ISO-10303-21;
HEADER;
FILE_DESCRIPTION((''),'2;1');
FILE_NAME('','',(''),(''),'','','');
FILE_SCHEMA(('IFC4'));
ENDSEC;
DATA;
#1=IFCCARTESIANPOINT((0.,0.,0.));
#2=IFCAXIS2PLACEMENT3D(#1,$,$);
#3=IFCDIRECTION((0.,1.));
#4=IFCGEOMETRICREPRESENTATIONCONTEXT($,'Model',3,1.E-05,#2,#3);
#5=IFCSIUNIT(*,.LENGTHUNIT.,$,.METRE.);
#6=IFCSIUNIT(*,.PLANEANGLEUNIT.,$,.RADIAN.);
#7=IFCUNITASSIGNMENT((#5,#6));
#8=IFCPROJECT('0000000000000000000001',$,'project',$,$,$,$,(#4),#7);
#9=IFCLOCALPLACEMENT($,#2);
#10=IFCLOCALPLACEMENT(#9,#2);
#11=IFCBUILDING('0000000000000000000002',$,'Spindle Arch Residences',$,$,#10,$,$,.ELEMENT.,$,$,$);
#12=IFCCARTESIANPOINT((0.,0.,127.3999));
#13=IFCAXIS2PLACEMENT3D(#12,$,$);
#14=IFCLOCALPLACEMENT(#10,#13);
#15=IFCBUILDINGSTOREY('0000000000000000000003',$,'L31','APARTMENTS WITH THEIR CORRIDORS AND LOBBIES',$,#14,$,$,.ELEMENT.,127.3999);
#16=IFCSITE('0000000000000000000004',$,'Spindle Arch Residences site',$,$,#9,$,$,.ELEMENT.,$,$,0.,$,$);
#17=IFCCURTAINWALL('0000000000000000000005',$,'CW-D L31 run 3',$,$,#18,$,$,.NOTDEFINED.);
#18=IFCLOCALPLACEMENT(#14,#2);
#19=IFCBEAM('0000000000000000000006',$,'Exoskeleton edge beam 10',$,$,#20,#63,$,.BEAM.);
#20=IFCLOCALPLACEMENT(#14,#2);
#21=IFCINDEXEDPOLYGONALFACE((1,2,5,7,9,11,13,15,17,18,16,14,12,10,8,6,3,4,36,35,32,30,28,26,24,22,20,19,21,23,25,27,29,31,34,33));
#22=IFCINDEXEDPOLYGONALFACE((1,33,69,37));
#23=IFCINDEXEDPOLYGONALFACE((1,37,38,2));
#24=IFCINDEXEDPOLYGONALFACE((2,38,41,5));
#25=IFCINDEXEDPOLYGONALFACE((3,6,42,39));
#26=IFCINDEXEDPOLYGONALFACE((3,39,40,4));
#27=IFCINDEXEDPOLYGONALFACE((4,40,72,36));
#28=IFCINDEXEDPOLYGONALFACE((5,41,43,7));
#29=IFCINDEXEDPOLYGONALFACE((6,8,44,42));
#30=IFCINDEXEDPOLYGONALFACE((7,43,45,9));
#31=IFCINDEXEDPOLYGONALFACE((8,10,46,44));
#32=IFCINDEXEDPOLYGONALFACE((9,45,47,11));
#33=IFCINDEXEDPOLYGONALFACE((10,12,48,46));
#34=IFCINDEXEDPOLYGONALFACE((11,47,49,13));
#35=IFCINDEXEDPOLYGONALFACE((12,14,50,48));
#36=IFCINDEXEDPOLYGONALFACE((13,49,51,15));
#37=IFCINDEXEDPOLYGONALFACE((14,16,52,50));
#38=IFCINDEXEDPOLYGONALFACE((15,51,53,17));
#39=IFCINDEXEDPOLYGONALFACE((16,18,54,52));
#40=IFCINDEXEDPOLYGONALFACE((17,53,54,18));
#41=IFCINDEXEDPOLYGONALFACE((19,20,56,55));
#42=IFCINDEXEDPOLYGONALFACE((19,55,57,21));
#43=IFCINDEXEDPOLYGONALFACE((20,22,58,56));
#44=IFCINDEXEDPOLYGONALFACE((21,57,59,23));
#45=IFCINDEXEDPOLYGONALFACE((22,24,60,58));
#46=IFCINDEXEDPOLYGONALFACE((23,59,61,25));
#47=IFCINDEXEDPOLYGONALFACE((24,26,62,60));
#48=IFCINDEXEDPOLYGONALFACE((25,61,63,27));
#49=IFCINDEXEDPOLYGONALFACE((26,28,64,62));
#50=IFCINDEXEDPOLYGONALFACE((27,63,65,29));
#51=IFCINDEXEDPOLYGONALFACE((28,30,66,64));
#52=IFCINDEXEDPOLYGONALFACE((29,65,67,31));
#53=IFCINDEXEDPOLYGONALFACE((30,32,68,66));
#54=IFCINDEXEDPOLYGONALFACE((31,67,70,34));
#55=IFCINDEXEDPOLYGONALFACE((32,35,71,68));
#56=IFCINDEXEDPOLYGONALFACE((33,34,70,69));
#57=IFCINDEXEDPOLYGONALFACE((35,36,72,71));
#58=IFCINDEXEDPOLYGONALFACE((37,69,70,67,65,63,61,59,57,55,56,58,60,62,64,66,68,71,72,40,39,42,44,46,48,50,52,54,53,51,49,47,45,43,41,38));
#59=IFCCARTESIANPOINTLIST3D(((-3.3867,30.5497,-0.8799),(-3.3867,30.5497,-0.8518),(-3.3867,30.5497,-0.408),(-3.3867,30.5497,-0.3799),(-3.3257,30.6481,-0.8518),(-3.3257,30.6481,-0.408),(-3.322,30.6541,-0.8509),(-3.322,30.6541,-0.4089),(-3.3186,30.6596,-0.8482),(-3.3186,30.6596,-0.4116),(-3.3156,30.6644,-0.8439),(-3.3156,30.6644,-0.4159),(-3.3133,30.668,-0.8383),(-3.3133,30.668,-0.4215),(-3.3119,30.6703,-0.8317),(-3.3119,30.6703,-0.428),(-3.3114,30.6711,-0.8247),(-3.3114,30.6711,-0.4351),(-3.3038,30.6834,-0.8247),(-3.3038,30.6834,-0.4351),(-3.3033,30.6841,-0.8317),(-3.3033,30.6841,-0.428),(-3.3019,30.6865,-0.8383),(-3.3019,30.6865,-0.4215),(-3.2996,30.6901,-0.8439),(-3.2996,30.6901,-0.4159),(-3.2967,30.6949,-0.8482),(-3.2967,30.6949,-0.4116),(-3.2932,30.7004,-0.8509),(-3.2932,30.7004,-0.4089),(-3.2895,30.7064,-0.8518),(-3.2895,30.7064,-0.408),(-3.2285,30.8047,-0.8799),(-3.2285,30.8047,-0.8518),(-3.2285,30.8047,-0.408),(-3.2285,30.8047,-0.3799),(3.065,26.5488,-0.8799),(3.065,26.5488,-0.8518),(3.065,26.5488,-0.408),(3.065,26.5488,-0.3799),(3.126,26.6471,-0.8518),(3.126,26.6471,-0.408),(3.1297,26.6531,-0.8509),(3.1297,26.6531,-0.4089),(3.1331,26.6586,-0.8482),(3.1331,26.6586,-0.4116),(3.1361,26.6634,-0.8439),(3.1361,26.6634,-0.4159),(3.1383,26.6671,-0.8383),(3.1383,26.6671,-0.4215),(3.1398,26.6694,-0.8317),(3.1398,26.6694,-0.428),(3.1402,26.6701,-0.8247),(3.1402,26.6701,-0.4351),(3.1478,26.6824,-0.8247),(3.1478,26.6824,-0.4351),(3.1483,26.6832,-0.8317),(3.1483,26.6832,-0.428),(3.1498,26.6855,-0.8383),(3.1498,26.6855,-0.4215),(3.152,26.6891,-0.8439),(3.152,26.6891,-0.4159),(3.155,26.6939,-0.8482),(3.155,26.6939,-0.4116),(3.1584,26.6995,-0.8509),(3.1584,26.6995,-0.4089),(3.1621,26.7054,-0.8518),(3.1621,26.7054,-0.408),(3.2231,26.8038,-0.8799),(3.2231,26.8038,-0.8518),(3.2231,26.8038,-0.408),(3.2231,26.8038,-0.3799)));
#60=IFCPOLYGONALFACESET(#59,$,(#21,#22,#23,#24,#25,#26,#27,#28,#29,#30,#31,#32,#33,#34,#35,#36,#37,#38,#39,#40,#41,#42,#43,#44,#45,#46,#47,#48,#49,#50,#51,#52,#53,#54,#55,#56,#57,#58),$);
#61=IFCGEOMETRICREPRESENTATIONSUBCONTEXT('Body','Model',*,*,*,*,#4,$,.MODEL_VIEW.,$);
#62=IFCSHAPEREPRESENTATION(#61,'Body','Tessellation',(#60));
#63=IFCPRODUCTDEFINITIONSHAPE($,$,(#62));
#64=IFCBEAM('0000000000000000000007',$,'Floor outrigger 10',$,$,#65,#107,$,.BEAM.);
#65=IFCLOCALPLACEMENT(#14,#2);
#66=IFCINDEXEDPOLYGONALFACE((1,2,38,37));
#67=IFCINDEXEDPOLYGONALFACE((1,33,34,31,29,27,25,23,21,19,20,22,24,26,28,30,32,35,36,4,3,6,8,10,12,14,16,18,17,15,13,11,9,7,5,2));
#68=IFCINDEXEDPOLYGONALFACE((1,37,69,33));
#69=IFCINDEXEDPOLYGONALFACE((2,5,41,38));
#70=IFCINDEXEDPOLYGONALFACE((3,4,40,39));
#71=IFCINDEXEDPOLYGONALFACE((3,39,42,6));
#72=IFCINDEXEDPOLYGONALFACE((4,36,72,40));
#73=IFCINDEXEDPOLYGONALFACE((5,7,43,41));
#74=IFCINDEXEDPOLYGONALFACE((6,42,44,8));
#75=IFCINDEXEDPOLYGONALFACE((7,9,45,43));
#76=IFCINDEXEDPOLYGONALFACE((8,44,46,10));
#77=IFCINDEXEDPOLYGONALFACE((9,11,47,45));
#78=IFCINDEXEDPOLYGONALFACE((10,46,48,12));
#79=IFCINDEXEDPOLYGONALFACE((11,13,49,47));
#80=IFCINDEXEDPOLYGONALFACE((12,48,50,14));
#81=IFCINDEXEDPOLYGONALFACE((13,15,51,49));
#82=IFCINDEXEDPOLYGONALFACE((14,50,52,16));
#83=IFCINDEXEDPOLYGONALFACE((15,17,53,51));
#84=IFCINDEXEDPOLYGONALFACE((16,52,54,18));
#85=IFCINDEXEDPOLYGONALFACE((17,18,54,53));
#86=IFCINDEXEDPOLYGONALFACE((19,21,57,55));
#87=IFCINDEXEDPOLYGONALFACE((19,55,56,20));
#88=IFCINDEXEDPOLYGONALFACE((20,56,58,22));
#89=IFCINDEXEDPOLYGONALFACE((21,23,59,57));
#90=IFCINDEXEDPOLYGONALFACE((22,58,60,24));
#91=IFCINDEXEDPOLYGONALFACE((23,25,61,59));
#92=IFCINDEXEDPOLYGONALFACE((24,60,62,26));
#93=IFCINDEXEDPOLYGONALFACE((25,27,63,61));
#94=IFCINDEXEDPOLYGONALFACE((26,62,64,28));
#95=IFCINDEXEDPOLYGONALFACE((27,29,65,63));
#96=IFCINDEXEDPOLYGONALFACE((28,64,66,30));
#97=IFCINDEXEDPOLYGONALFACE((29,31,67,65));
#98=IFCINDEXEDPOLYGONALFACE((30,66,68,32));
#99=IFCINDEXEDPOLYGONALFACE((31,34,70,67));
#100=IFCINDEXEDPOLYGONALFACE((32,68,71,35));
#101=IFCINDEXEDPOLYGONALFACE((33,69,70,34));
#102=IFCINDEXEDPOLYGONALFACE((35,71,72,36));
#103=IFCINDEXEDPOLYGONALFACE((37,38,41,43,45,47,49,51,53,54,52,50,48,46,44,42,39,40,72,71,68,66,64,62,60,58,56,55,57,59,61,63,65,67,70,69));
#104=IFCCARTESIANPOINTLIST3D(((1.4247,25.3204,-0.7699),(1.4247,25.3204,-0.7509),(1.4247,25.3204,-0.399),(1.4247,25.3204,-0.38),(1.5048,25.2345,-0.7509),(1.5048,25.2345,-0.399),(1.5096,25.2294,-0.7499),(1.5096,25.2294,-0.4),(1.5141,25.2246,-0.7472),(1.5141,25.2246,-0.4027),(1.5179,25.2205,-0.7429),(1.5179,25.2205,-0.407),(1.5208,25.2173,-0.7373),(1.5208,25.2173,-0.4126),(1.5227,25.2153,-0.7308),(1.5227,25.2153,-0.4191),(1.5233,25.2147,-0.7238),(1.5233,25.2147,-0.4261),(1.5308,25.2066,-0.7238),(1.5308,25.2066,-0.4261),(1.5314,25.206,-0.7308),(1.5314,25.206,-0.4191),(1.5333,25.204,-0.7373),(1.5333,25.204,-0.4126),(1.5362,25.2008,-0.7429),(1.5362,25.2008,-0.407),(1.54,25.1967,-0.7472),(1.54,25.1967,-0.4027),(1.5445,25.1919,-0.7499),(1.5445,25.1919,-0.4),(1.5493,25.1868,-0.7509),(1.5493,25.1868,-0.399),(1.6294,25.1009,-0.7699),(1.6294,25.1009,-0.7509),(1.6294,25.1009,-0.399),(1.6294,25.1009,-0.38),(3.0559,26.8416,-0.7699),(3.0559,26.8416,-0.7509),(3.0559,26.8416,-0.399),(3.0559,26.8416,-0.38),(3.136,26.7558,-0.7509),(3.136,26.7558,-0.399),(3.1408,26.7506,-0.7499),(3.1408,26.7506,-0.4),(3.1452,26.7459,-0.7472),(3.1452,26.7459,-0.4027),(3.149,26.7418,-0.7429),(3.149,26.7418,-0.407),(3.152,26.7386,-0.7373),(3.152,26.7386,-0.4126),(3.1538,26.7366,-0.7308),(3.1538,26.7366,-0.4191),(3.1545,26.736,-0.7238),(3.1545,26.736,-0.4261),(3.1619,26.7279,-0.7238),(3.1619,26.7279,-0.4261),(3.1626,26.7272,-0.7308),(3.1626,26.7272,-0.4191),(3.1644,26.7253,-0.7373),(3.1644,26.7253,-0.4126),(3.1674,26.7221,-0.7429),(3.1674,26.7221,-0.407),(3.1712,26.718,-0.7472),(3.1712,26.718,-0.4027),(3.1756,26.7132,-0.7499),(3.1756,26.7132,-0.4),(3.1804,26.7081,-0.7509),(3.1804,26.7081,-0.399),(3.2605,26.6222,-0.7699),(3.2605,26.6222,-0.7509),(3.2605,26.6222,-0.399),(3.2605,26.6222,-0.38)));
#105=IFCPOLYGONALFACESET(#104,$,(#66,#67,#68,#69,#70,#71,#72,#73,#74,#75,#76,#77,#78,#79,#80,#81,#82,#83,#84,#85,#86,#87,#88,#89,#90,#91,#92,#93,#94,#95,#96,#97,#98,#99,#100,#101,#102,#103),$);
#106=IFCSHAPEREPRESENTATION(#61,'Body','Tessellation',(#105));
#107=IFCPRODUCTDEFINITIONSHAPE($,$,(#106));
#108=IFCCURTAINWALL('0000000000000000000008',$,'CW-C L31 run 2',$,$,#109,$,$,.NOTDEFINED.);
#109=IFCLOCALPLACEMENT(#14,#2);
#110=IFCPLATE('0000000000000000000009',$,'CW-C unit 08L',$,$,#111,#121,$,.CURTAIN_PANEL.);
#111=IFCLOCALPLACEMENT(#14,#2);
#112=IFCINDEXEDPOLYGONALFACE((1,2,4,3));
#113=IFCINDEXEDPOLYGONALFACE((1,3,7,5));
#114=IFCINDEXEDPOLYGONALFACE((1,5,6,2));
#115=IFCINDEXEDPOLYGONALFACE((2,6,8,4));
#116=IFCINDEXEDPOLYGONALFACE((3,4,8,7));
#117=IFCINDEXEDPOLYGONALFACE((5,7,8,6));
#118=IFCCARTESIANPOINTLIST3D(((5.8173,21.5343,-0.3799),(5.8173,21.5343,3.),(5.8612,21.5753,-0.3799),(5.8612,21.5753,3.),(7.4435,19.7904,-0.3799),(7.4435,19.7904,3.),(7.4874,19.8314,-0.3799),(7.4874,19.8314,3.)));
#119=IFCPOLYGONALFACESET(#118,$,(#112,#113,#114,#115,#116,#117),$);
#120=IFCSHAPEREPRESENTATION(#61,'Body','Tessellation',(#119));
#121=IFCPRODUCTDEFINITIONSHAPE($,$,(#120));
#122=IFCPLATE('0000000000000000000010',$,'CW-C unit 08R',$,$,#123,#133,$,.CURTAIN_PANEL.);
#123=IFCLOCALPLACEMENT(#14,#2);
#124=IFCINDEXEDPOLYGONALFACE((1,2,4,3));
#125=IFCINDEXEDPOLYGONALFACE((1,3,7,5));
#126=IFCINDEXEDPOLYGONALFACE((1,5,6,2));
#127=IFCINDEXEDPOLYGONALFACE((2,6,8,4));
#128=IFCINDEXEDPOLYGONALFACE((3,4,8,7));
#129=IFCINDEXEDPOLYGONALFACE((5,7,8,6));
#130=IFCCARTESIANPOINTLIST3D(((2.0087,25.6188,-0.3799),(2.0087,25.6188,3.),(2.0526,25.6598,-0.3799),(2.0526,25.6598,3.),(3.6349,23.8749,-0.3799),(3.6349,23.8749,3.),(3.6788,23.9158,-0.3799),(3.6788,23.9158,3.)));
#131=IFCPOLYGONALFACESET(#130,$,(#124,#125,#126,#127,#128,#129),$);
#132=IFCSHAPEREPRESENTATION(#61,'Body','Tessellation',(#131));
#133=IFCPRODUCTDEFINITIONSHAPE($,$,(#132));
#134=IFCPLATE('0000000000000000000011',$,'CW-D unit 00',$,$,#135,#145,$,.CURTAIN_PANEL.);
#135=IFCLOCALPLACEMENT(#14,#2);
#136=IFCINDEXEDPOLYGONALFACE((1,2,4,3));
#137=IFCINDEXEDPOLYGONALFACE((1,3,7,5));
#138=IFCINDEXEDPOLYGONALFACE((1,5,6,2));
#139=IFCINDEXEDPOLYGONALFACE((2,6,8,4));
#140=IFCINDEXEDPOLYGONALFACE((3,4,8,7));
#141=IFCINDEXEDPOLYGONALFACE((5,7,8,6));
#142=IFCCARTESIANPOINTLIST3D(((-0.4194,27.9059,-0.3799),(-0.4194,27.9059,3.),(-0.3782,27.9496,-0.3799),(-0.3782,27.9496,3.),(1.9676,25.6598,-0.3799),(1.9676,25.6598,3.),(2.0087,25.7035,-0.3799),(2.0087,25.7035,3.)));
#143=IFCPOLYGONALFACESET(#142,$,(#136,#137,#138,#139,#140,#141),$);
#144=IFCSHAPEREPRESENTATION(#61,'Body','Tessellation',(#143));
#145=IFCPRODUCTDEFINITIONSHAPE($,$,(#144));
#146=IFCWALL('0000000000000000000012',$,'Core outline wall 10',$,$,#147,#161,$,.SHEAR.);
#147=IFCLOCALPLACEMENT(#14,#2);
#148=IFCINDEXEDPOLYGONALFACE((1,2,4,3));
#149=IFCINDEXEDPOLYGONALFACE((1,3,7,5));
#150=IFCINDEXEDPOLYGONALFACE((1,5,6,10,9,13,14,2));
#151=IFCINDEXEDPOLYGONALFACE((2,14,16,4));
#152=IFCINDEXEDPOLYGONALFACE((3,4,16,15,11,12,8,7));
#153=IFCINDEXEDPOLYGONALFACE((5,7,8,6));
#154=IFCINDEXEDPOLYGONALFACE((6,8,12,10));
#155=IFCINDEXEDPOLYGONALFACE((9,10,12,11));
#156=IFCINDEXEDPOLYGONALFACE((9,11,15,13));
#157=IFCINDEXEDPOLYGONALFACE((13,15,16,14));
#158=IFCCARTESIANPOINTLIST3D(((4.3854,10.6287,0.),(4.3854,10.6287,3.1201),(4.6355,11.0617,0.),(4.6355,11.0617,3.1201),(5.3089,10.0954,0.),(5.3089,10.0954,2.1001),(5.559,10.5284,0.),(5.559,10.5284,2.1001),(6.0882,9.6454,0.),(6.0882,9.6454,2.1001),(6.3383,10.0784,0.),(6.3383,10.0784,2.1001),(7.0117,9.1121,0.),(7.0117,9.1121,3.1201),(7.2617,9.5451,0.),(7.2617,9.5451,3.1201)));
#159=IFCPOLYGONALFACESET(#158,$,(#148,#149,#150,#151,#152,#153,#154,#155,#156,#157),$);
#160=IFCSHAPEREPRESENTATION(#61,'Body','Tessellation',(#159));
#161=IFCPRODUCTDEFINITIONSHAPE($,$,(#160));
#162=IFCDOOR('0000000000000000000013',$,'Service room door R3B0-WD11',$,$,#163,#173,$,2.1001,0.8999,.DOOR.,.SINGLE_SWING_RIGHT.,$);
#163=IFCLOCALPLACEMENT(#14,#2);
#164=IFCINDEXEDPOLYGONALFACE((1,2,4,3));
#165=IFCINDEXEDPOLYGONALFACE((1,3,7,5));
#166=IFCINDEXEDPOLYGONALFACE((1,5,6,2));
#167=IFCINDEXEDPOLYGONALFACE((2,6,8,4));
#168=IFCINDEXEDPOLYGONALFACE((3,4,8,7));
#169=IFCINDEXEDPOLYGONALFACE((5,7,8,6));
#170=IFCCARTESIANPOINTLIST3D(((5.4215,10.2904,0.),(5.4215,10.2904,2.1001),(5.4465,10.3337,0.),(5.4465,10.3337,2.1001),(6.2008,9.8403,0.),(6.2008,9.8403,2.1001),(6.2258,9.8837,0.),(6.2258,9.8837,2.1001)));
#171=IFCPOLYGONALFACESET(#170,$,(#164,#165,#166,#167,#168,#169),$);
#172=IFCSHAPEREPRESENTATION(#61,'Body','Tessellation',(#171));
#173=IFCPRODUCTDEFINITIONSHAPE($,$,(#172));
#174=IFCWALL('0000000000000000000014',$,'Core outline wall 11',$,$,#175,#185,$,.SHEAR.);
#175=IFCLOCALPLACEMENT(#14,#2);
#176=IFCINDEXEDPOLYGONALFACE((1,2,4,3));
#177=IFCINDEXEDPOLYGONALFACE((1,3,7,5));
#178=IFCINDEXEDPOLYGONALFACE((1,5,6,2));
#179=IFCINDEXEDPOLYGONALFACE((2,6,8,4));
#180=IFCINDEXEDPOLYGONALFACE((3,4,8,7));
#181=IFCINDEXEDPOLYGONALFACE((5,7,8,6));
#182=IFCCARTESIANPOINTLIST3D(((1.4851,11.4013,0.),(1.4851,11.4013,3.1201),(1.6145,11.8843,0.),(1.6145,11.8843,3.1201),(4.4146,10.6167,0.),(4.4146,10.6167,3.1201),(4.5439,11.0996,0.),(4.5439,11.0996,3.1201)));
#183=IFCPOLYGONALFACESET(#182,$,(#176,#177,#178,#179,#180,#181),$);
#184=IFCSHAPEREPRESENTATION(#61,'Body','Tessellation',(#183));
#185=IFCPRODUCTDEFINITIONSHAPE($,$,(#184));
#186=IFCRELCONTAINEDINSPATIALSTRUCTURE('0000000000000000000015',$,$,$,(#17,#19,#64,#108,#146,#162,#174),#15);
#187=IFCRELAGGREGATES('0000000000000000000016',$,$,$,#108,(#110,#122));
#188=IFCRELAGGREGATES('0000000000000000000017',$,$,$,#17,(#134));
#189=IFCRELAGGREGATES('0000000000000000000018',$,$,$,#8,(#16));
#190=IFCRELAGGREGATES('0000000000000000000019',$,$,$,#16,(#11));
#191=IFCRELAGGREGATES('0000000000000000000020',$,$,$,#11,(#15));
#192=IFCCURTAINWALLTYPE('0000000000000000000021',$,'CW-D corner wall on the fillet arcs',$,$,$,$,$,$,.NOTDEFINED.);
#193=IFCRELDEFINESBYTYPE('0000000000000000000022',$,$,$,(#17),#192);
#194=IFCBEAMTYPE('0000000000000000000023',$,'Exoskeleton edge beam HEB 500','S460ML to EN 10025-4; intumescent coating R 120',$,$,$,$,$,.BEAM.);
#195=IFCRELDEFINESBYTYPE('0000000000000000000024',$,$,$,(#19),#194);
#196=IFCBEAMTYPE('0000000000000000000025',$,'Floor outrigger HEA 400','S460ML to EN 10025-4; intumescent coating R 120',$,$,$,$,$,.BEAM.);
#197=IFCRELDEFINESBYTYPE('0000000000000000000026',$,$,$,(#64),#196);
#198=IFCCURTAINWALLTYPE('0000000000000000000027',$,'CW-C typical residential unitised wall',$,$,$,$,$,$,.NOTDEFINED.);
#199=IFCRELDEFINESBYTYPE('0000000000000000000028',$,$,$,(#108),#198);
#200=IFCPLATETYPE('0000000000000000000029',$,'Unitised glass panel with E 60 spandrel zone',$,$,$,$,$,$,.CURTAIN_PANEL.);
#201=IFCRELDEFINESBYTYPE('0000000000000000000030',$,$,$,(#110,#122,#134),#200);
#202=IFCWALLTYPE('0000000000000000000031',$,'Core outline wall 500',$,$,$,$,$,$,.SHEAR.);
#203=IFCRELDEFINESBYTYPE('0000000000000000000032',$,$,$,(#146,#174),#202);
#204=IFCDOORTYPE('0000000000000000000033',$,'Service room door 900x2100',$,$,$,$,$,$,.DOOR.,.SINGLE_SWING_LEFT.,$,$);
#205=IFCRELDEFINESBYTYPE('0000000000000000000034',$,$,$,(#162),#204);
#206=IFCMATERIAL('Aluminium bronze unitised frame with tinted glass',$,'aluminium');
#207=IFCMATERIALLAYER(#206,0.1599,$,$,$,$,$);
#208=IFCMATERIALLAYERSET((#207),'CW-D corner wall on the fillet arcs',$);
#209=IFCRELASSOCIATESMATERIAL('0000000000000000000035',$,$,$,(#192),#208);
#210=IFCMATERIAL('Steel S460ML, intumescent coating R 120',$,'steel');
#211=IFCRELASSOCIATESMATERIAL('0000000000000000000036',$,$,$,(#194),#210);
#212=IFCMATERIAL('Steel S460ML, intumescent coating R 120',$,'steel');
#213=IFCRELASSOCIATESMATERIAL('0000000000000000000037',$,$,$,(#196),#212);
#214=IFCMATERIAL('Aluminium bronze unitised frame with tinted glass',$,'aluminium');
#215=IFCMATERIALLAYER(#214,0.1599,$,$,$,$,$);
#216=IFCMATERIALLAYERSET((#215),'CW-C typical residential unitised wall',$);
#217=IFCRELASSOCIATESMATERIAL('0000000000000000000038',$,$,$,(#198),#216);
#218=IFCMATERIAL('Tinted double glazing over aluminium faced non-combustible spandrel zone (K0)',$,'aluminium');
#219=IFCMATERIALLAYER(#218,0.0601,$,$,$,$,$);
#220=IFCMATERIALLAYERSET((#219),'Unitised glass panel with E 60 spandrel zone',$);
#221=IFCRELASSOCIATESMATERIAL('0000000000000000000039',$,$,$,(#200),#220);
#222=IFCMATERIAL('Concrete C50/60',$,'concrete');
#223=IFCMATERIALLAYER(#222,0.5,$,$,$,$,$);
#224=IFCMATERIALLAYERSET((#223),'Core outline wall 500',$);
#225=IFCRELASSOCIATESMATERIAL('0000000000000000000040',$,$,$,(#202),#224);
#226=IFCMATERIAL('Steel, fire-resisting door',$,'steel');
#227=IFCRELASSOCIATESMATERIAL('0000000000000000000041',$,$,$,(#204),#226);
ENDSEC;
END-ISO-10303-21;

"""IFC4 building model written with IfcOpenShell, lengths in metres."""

from ifc_helpers import new_model, si_unit, direction, frame, frame_2d, origin, origin_2d, place, context, subcontext, project, spatial, rectangle, i_section, extrude, material, layer, layer_set, material_profile, profile_set, type_object, element, fill, aggregate, save


model = new_model("IFC4")

# Units and contexts
model_context = context("Model", 3, precision=1e-05, world=origin(), true_north=direction((0.0, 1.0)))
body_context = subcontext(model_context, "Body", "Model", "MODEL_VIEW")
ifc_project = project(units=[si_unit("LENGTHUNIT", "METRE"), si_unit("PLANEANGLEUNIT", "RADIAN")], contexts=[model_context])

# Site, building, storey
site_placement = place(None, origin())
site = spatial("IfcSite", under=ifc_project, at=site_placement, Name="Spindle Arch Residences site", CompositionType="ELEMENT", RefElevation=0.0)
building_placement = place(site_placement, origin())
building = spatial("IfcBuilding", under=site, at=building_placement, Name="Spindle Arch Residences", CompositionType="ELEMENT")
storey_placement = place(building_placement, frame((0.0, 0.0, 127.3999)))
storey = spatial("IfcBuildingStorey", under=building, at=storey_placement, Name="L31", Description="APARTMENTS WITH THEIR CORRIDORS AND LOBBIES", CompositionType="ELEMENT", Elevation=127.3999)

# Curtain wall
ifc_material_1 = material(Name="Aluminium bronze unitised frame with tinted glass", Category="aluminium")
ifc_layer_1 = layer(ifc_material_1, 0.1599)
ifc_layer_set_1 = layer_set([ifc_layer_1], Name="CW-D corner wall on the fillet arcs")
curtain_wall_type_1 = type_object("IfcCurtainWallType", Name="CW-D corner wall on the fillet arcs", PredefinedType="NOTDEFINED", material=ifc_layer_set_1)
curtain_wall_1_placement = place(storey_placement, origin())
curtain_wall_1 = element("IfcCurtainWall", 1, at=curtain_wall_1_placement, inside=storey, type_object=curtain_wall_type_1, Name="CW-D L31 run 3", PredefinedType="NOTDEFINED")

# Beams
ifc_material_2 = material(Name="Steel S460ML, intumescent coating R 120", Category="steel")
ifc_material_profile_1 = material_profile(ifc_material_2, i_section(OverallWidth=0.3, OverallDepth=0.5, WebThickness=0.0144, FlangeThickness=0.0281, FilletRadius=0.0271, at=origin_2d()), Name="HEB 500")
ifc_profile_set_1 = profile_set([ifc_material_profile_1], Name="Steel S460ML, intumescent coating R 120")
beam_type_1 = type_object("IfcBeamType", Name="Exoskeleton edge beam HEB 500", Description="S460ML to EN 10025-4; intumescent coating R 120", PredefinedType="BEAM", material=ifc_profile_set_1)
beam_1_placement = place(storey_placement, frame((3.144, 26.6763, -0.6299), z_axis=(-0.849847, 0.52703, 0.0), x_axis=(-0.52703, -0.849847, 0.0)))
element("IfcBeam", 2, at=beam_1_placement, inside=storey, type_object=beam_type_1, Name="Exoskeleton edge beam 10", PredefinedType="BEAM", context=body_context, shape_type="SweptSolid", body=[
    extrude(i_section(OverallWidth=0.3, OverallDepth=0.5, WebThickness=0.0144, FlangeThickness=0.0281, FilletRadius=0.0271, at=origin_2d()), origin(), (0.0, 0.0, 1.0), 7.5916),
])
ifc_material_3 = material(Name="Steel S460ML, intumescent coating R 120", Category="steel")
ifc_material_profile_2 = material_profile(ifc_material_3, i_section(OverallWidth=0.3, OverallDepth=0.3899, WebThickness=0.011, FlangeThickness=0.019, FilletRadius=0.0271, at=origin_2d()), Name="HEA 400")
ifc_profile_set_2 = profile_set([ifc_material_profile_2], Name="Steel S460ML, intumescent coating R 120")
beam_type_2 = type_object("IfcBeamType", Name="Floor outrigger HEA 400", Description="S460ML to EN 10025-4; intumescent coating R 120", PredefinedType="BEAM", material=ifc_profile_set_2)
beam_2_placement = place(storey_placement, frame((3.1582, 26.7319, -0.575), z_axis=(-0.731306, -0.682049, 0.0), x_axis=(0.682049, -0.731306, 0.0)))
element("IfcBeam", 3, at=beam_2_placement, inside=storey, type_object=beam_type_2, Name="Floor outrigger 10", PredefinedType="BEAM", context=body_context, shape_type="SweptSolid", body=[
    extrude(i_section(OverallWidth=0.3, OverallDepth=0.3899, WebThickness=0.011, FlangeThickness=0.019, FilletRadius=0.0271, at=origin_2d()), origin(), (0.0, 0.0, 1.0), 2.2305),
])

# Curtain wall, plates
ifc_material_4 = material(Name="Aluminium bronze unitised frame with tinted glass", Category="aluminium")
ifc_layer_2 = layer(ifc_material_4, 0.1599)
ifc_layer_set_2 = layer_set([ifc_layer_2], Name="CW-C typical residential unitised wall")
curtain_wall_type_2 = type_object("IfcCurtainWallType", Name="CW-C typical residential unitised wall", PredefinedType="NOTDEFINED", material=ifc_layer_set_2)
curtain_wall_2_placement = place(storey_placement, origin())
curtain_wall_2 = element("IfcCurtainWall", 4, at=curtain_wall_2_placement, inside=storey, type_object=curtain_wall_type_2, Name="CW-C L31 run 2", PredefinedType="NOTDEFINED")
ifc_material_5 = material(Name="Tinted double glazing over aluminium faced non-combustible spandrel zone (K0)", Category="aluminium")
ifc_layer_3 = layer(ifc_material_5, 0.0601)
ifc_layer_set_3 = layer_set([ifc_layer_3], Name="Unitised glass panel with E 60 spandrel zone")
plate_type = type_object("IfcPlateType", Name="Unitised glass panel with E 60 spandrel zone", PredefinedType="CURTAIN_PANEL", material=ifc_layer_set_3)
plate_1_placement = place(storey_placement, frame((6.6523, 20.6829, -0.3799), z_axis=(0.0, 0.0, 1.0), x_axis=(-0.681998, 0.731354, 0.0)))
plate_1 = element("IfcPlate", 5, at=plate_1_placement, type_object=plate_type, Name="CW-C unit 08L", PredefinedType="CURTAIN_PANEL", context=body_context, shape_type="SweptSolid", body=[
    extrude(rectangle(XDim=2.3845, YDim=0.0601, at=origin_2d()), origin(), (0.0, 0.0, 1.0), 3.3799),
])
plate_2_placement = place(storey_placement, frame((2.8438, 24.7673, -0.3799), z_axis=(0.0, 0.0, 1.0), x_axis=(-0.681998, 0.731354, 0.0)))
plate_2 = element("IfcPlate", 6, at=plate_2_placement, type_object=plate_type, Name="CW-C unit 08R", PredefinedType="CURTAIN_PANEL", context=body_context, shape_type="SweptSolid", body=[
    extrude(rectangle(XDim=2.3845, YDim=0.0601, at=origin_2d()), origin(), (0.0, 0.0, 1.0), 3.3799),
])
aggregate(curtain_wall_2, [plate_1, plate_2])

# Plate
plate_3_placement = place(storey_placement, frame((0.7947, 26.8047, -0.3799), z_axis=(0.0, 0.0, 1.0), x_axis=(-0.72827, 0.68529, 0.0)))
plate_3 = element("IfcPlate", 7, at=plate_3_placement, type_object=plate_type, Name="CW-D unit 00", PredefinedType="CURTAIN_PANEL", context=body_context, shape_type="SweptSolid", body=[
    extrude(rectangle(XDim=3.2776, YDim=0.0601, at=origin_2d()), origin(), (0.0, 0.0, 1.0), 3.3799),
])
aggregate(curtain_wall_1, [plate_3])

# Wall, opening, door
ifc_material_6 = material(Name="Concrete C50/60", Category="concrete")
ifc_layer_4 = layer(ifc_material_6, 0.5)
ifc_layer_set_4 = layer_set([ifc_layer_4], Name="Core outline wall 500")
wall_type_1 = type_object("IfcWallType", Name="Core outline wall 500", PredefinedType="SHEAR", material=ifc_layer_set_4)
wall_1_placement = place(storey_placement, frame((7.1367, 9.3286, 0.0), z_axis=(0.0, 0.0, 1.0), x_axis=(-0.865975, 0.500087, 0.0)))
wall_1 = element("IfcWall", 8, at=wall_1_placement, inside=storey, type_object=wall_type_1, Name="Core outline wall 10", PredefinedType="SHEAR", context=body_context, shape_type="SweptSolid", body=[
    extrude(rectangle(XDim=3.0327, YDim=0.5, at=frame_2d((1.5164, 0.0))), origin(), (0.0, 0.0, 1.0), 3.1201),
])
opening_1_placement = place(wall_1_placement, frame((1.0664, 0.0, 0.0)))
opening_1 = element("IfcOpeningElement", 9, at=opening_1_placement, cuts=wall_1, PredefinedType="OPENING", context=body_context, shape_type="SweptSolid", body=[
    extrude(rectangle(XDim=0.8999, YDim=2.1001, at=frame_2d((0.45, 1.05))), frame((0.0, 0.26, 0.0), z_axis=(0.0, -1.0, 0.0), x_axis=(1.0, 0.0, 0.0)), (0.0, 0.0, 1.0), 0.52),
])
ifc_material_7 = material(Name="Steel, fire-resisting door", Category="steel")
door_type_1 = type_object("IfcDoorType", Name="Service room door 900x2100", OperationType="SINGLE_SWING_LEFT", PredefinedType="DOOR", material=ifc_material_7)
door_1_placement = place(opening_1_placement, origin())
door_1 = element("IfcDoor", 10, at=door_1_placement, inside=storey, type_object=door_type_1, Name="Service room door R3B0-WD11", OperationType="SINGLE_SWING_RIGHT", OverallHeight=2.1001, OverallWidth=0.8999, PredefinedType="DOOR", context=body_context, shape_type="SweptSolid", body=[
    extrude(rectangle(XDim=0.8999, YDim=2.1001, at=frame_2d((0.45, 1.05))), frame((0.0, 0.0249, 0.0), z_axis=(0.0, -1.0, 0.0), x_axis=(1.0, 0.0, 0.0)), (0.0, 0.0, 1.0), 0.05),
])
fill(opening_1, door_1)

# Wall
for number, where, z_axis, x_axis, name in (
    (11, (4.4792, 10.8582, 0.0), (0.0, 0.0, 1.0), (-0.965948, 0.258735, 0.0), "Core outline wall 11"),
):
    element("IfcWall", number, at=place(storey_placement, frame(where, z_axis=z_axis, x_axis=x_axis)), inside=storey, type_object=wall_type_1, Name=name, PredefinedType="SHEAR", context=body_context, shape_type="SweptSolid", body=[
        extrude(rectangle(XDim=3.0327, YDim=0.5, at=frame_2d((1.5164, 0.0))), origin(), (0.0, 0.0, 1.0), 3.1201),
    ])

save(model, "model.ifc")
